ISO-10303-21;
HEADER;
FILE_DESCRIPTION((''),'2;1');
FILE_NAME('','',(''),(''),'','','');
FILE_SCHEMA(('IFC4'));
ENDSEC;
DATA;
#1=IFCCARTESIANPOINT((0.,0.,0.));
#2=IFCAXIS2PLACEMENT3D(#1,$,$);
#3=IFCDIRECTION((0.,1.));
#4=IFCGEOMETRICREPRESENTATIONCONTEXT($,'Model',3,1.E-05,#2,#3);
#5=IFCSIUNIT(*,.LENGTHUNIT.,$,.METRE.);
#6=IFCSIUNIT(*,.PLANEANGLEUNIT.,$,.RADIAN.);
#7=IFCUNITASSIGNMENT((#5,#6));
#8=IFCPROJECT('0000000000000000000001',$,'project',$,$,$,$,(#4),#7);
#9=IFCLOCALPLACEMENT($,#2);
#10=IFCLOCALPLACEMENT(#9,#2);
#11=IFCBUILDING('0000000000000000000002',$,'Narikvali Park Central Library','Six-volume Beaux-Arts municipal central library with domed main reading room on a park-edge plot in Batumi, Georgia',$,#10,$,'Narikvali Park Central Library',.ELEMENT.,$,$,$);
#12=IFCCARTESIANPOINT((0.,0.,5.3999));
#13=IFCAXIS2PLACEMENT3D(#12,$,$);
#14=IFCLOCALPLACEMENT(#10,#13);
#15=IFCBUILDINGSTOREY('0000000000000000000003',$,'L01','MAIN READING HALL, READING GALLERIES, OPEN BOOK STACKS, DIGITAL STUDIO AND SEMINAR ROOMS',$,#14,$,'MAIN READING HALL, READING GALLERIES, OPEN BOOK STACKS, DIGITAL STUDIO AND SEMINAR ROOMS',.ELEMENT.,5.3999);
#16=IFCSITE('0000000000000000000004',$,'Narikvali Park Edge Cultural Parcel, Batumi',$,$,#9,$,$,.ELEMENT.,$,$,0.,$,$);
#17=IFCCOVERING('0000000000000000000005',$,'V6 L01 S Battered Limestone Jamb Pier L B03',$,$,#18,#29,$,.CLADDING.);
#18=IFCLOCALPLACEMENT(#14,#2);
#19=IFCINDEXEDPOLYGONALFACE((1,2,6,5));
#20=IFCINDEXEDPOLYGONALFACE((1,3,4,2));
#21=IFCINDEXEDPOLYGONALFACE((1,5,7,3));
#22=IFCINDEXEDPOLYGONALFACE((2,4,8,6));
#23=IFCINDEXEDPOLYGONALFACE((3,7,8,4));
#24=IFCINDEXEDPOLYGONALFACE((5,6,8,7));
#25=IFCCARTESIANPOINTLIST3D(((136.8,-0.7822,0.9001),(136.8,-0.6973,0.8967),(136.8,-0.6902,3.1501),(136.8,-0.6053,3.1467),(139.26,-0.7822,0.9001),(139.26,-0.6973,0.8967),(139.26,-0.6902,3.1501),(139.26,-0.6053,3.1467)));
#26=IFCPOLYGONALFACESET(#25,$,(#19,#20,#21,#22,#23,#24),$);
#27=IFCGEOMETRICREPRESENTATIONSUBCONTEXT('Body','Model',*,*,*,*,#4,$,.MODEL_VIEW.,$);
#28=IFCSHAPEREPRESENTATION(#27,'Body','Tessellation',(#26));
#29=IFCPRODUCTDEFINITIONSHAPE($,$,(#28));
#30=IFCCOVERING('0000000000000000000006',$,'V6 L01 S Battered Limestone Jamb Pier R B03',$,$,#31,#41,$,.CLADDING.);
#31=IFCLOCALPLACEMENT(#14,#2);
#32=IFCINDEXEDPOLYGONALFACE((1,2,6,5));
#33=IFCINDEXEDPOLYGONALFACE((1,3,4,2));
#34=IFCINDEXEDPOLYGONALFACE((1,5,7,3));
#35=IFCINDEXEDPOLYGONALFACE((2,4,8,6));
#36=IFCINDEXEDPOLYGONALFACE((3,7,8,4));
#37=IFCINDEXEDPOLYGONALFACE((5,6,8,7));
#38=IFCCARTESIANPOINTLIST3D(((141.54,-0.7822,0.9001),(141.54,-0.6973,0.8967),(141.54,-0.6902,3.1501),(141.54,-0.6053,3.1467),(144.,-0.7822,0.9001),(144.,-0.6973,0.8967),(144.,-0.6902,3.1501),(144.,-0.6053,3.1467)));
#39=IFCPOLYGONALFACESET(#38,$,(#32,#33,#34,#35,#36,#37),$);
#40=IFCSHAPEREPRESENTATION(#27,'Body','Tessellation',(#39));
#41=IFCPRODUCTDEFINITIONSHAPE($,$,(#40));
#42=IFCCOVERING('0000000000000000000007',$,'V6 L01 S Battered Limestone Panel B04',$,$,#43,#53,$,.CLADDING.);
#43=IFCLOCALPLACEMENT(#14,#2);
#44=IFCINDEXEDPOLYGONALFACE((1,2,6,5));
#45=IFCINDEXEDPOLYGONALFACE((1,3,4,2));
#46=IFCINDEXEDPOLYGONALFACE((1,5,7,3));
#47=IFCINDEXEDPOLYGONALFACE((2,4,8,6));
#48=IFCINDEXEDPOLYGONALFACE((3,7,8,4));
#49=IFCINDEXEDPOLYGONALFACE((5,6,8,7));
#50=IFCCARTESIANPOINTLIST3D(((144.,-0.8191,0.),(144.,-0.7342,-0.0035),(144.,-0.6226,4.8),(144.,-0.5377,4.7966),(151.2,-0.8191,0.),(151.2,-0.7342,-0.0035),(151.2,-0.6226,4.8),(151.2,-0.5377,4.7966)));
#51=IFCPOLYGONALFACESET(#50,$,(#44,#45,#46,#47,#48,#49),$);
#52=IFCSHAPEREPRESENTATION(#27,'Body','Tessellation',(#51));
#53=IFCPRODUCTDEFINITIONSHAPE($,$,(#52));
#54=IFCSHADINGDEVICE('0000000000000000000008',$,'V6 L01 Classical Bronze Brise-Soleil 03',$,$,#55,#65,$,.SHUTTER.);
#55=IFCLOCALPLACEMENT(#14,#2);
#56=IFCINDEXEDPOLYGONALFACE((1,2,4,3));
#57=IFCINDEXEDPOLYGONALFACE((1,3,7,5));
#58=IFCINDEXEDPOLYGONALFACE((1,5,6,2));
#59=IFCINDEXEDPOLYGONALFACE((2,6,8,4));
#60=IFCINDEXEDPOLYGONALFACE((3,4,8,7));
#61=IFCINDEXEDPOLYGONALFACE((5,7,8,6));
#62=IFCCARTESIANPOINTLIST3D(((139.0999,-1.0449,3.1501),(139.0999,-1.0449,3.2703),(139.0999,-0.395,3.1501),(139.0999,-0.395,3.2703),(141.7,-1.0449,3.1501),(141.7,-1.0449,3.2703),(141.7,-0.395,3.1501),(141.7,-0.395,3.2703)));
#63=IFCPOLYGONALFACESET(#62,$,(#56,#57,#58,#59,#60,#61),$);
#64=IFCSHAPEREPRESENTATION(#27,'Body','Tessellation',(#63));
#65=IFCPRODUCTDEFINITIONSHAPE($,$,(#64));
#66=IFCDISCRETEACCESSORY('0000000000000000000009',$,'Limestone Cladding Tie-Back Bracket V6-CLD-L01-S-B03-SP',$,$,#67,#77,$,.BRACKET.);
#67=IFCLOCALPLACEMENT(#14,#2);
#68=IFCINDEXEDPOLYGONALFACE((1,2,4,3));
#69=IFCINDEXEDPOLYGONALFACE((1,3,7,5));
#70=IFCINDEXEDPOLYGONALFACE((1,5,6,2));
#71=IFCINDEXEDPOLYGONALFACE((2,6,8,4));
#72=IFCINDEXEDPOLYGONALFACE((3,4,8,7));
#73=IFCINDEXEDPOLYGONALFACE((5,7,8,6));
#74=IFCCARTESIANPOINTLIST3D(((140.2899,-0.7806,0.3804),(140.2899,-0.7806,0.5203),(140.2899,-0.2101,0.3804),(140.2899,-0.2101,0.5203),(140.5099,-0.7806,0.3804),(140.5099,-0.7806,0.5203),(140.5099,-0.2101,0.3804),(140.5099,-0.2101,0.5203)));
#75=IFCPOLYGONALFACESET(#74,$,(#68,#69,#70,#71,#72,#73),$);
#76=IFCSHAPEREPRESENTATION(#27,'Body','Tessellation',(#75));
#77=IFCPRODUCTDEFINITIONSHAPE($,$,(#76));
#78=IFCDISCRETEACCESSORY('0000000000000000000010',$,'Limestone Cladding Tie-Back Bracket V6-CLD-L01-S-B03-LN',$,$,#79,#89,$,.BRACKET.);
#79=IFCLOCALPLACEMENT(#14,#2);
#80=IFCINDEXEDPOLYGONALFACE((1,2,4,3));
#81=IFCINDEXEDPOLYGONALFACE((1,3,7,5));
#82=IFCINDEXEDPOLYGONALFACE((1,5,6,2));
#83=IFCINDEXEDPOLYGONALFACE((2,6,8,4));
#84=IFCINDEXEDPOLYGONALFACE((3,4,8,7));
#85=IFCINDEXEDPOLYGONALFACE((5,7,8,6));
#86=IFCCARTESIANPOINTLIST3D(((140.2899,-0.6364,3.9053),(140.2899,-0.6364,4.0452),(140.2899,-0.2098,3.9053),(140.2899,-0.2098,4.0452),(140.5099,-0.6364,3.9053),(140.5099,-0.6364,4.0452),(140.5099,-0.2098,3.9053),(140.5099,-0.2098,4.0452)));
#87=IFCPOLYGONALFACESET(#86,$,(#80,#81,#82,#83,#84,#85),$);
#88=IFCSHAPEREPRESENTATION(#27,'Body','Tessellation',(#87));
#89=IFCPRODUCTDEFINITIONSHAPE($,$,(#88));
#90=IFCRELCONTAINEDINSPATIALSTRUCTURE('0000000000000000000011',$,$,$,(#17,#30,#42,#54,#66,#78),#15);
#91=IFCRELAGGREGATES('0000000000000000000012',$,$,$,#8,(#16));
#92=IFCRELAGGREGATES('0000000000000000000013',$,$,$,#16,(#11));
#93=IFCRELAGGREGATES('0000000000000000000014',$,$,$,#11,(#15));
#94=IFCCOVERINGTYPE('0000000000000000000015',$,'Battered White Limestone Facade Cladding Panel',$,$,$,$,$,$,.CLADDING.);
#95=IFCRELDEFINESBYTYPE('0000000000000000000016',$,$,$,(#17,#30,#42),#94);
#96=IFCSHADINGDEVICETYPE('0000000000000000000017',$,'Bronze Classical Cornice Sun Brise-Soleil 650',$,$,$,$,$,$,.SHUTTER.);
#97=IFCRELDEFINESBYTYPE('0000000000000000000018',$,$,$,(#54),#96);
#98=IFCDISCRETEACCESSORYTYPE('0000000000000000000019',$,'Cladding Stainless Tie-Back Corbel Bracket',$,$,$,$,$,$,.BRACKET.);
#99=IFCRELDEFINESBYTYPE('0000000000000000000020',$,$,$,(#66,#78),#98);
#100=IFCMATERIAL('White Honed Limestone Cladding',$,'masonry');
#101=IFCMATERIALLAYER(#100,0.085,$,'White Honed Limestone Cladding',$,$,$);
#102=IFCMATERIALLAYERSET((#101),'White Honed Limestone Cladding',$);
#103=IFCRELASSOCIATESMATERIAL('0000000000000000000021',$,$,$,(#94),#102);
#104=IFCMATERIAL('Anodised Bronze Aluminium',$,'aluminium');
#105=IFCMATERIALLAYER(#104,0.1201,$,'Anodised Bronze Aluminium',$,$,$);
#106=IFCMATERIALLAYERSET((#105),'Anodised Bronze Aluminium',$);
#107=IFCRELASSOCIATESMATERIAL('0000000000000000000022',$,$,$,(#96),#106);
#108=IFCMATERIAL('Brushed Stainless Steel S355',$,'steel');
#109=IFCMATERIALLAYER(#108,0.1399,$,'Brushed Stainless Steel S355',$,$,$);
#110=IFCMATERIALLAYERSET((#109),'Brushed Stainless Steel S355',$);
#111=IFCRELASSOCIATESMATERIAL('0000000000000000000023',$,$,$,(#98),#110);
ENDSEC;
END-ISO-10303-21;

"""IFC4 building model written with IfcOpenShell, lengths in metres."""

from ifc_helpers import new_model, si_unit, direction, frame, origin, origin_2d, place, context, subcontext, project, spatial, polyline, rectangle, outline, extrude, material, layer, layer_set, type_object, element, save


model = new_model("IFC4")

# Units and contexts
model_context = context("Model", 3, precision=1e-05, world=origin(), true_north=direction((0.0, 1.0)))
body_context = subcontext(model_context, "Body", "Model", "MODEL_VIEW")
ifc_project = project(units=[si_unit("LENGTHUNIT", "METRE"), si_unit("PLANEANGLEUNIT", "RADIAN")], contexts=[model_context])

# Site, building, storey
site_placement = place(None, origin())
site = spatial("IfcSite", under=ifc_project, at=site_placement, Name="Narikvali Park Edge Cultural Parcel, Batumi", CompositionType="ELEMENT", RefElevation=0.0)
building_placement = place(site_placement, origin())
building = spatial("IfcBuilding", under=site, at=building_placement, Name="Narikvali Park Central Library", Description="Six-volume Beaux-Arts municipal central library with domed main reading room on a park-edge plot in Batumi, Georgia", LongName="Narikvali Park Central Library", CompositionType="ELEMENT")
storey_placement = place(building_placement, frame((0.0, 0.0, 5.3999)))
storey = spatial("IfcBuildingStorey", under=building, at=storey_placement, Name="L01", Description="MAIN READING HALL, READING GALLERIES, OPEN BOOK STACKS, DIGITAL STUDIO AND SEMINAR ROOMS", LongName="MAIN READING HALL, READING GALLERIES, OPEN BOOK STACKS, DIGITAL STUDIO AND SEMINAR ROOMS", CompositionType="ELEMENT", Elevation=5.3999)

# Shared definitions
ifc_material_1 = material(Name="Anodised Bronze Aluminium", Category="aluminium")

# Coverings
ifc_material_2 = material(Name="White Honed Limestone Cladding", Category="masonry")
ifc_layer_1 = layer(ifc_material_2, 0.085, Name="White Honed Limestone Cladding")
ifc_layer_set_1 = layer_set([ifc_layer_1], Name="White Honed Limestone Cladding")
covering_type = type_object("IfcCoveringType", Name="Battered White Limestone Facade Cladding Panel", PredefinedType="CLADDING", material=ifc_layer_set_1)
for number, where, z_axis, x_axis, name in (
    (1, (136.8, -0.7822, 0.9001), (0.0, -0.999164, 0.040873), (1.0, 0.0, 0.0), "V6 L01 S Battered Limestone Jamb Pier L B03"),
    (2, (141.54, -0.7822, 0.9001), (0.0, -0.999164, 0.040873), (1.0, 0.0, 0.0), "V6 L01 S Battered Limestone Jamb Pier R B03"),
):
    element("IfcCovering", number, at=place(storey_placement, frame(where, z_axis=z_axis, x_axis=x_axis)), inside=storey, type_object=covering_type, Name=name, PredefinedType="CLADDING", context=body_context, shape_type="SweptSolid", body=[
        extrude(outline(polyline([(0.0, 0.0), (2.46, 0.0), (2.46, 2.2519), (0.0, 2.2519), (0.0, 0.0)])), origin(), (0.0, 0.0, -1.0), 0.085),
    ])
covering_1_placement = place(storey_placement, frame((144.0, -0.8191, 0.0), z_axis=(0.0, -0.999163, 0.04091), x_axis=(1.0, 0.0, 0.0)))
element("IfcCovering", 3, at=covering_1_placement, inside=storey, type_object=covering_type, Name="V6 L01 S Battered Limestone Panel B04", PredefinedType="CLADDING", context=body_context, shape_type="SweptSolid", body=[
    extrude(outline(polyline([(0.0, 0.0), (7.2, 0.0), (7.2, 4.8041), (0.0, 4.8041), (0.0, 0.0)])), origin(), (0.0, 0.0, -1.0), 0.085),
])

# Shading device
ifc_layer_2 = layer(ifc_material_1, 0.1201, Name="Anodised Bronze Aluminium")
ifc_layer_set_2 = layer_set([ifc_layer_2], Name="Anodised Bronze Aluminium")
shading_device_type = type_object("IfcShadingDeviceType", Name="Bronze Classical Cornice Sun Brise-Soleil 650", PredefinedType="SHUTTER", material=ifc_layer_set_2)
shading_device_placement = place(storey_placement, frame((140.3999, -0.72, 3.1501), z_axis=(0.0, 0.0, 1.0), x_axis=(1.0, 0.0, 0.0)))
element("IfcShadingDevice", 4, at=shading_device_placement, inside=storey, type_object=shading_device_type, Name="V6 L01 Classical Bronze Brise-Soleil 03", PredefinedType="SHUTTER", context=body_context, shape_type="SweptSolid", body=[
    extrude(rectangle(XDim=2.6001, YDim=0.6499, at=origin_2d()), origin(), (0.0, 0.0, 1.0), 0.1201),
])

# Discrete accessories
ifc_material_3 = material(Name="Brushed Stainless Steel S355", Category="steel")
ifc_layer_3 = layer(ifc_material_3, 0.1399, Name="Brushed Stainless Steel S355")
ifc_layer_set_3 = layer_set([ifc_layer_3], Name="Brushed Stainless Steel S355")
discrete_accessory_type = type_object("IfcDiscreteAccessoryType", Name="Cladding Stainless Tie-Back Corbel Bracket", PredefinedType="BRACKET", material=ifc_layer_set_3)
discrete_accessory_1_placement = place(storey_placement, frame((140.3999, -0.4954, 0.3804), z_axis=(0.0, 0.0, 1.0), x_axis=(1.0, 0.0, 0.0)))
element("IfcDiscreteAccessory", 5, at=discrete_accessory_1_placement, inside=storey, type_object=discrete_accessory_type, Name="Limestone Cladding Tie-Back Bracket V6-CLD-L01-S-B03-SP", PredefinedType="BRACKET", context=body_context, shape_type="SweptSolid", body=[
    extrude(rectangle(XDim=0.22, YDim=0.5706, at=origin_2d()), origin(), (0.0, 0.0, 1.0), 0.1399),
])
discrete_accessory_2_placement = place(storey_placement, frame((140.3999, -0.4231, 3.9053), z_axis=(0.0, 0.0, 1.0), x_axis=(1.0, 0.0, 0.0)))
element("IfcDiscreteAccessory", 6, at=discrete_accessory_2_placement, inside=storey, type_object=discrete_accessory_type, Name="Limestone Cladding Tie-Back Bracket V6-CLD-L01-S-B03-LN", PredefinedType="BRACKET", context=body_context, shape_type="SweptSolid", body=[
    extrude(rectangle(XDim=0.22, YDim=0.4265, at=origin_2d()), origin(), (0.0, 0.0, 1.0), 0.1399),
])

save(model, "model.ifc")
